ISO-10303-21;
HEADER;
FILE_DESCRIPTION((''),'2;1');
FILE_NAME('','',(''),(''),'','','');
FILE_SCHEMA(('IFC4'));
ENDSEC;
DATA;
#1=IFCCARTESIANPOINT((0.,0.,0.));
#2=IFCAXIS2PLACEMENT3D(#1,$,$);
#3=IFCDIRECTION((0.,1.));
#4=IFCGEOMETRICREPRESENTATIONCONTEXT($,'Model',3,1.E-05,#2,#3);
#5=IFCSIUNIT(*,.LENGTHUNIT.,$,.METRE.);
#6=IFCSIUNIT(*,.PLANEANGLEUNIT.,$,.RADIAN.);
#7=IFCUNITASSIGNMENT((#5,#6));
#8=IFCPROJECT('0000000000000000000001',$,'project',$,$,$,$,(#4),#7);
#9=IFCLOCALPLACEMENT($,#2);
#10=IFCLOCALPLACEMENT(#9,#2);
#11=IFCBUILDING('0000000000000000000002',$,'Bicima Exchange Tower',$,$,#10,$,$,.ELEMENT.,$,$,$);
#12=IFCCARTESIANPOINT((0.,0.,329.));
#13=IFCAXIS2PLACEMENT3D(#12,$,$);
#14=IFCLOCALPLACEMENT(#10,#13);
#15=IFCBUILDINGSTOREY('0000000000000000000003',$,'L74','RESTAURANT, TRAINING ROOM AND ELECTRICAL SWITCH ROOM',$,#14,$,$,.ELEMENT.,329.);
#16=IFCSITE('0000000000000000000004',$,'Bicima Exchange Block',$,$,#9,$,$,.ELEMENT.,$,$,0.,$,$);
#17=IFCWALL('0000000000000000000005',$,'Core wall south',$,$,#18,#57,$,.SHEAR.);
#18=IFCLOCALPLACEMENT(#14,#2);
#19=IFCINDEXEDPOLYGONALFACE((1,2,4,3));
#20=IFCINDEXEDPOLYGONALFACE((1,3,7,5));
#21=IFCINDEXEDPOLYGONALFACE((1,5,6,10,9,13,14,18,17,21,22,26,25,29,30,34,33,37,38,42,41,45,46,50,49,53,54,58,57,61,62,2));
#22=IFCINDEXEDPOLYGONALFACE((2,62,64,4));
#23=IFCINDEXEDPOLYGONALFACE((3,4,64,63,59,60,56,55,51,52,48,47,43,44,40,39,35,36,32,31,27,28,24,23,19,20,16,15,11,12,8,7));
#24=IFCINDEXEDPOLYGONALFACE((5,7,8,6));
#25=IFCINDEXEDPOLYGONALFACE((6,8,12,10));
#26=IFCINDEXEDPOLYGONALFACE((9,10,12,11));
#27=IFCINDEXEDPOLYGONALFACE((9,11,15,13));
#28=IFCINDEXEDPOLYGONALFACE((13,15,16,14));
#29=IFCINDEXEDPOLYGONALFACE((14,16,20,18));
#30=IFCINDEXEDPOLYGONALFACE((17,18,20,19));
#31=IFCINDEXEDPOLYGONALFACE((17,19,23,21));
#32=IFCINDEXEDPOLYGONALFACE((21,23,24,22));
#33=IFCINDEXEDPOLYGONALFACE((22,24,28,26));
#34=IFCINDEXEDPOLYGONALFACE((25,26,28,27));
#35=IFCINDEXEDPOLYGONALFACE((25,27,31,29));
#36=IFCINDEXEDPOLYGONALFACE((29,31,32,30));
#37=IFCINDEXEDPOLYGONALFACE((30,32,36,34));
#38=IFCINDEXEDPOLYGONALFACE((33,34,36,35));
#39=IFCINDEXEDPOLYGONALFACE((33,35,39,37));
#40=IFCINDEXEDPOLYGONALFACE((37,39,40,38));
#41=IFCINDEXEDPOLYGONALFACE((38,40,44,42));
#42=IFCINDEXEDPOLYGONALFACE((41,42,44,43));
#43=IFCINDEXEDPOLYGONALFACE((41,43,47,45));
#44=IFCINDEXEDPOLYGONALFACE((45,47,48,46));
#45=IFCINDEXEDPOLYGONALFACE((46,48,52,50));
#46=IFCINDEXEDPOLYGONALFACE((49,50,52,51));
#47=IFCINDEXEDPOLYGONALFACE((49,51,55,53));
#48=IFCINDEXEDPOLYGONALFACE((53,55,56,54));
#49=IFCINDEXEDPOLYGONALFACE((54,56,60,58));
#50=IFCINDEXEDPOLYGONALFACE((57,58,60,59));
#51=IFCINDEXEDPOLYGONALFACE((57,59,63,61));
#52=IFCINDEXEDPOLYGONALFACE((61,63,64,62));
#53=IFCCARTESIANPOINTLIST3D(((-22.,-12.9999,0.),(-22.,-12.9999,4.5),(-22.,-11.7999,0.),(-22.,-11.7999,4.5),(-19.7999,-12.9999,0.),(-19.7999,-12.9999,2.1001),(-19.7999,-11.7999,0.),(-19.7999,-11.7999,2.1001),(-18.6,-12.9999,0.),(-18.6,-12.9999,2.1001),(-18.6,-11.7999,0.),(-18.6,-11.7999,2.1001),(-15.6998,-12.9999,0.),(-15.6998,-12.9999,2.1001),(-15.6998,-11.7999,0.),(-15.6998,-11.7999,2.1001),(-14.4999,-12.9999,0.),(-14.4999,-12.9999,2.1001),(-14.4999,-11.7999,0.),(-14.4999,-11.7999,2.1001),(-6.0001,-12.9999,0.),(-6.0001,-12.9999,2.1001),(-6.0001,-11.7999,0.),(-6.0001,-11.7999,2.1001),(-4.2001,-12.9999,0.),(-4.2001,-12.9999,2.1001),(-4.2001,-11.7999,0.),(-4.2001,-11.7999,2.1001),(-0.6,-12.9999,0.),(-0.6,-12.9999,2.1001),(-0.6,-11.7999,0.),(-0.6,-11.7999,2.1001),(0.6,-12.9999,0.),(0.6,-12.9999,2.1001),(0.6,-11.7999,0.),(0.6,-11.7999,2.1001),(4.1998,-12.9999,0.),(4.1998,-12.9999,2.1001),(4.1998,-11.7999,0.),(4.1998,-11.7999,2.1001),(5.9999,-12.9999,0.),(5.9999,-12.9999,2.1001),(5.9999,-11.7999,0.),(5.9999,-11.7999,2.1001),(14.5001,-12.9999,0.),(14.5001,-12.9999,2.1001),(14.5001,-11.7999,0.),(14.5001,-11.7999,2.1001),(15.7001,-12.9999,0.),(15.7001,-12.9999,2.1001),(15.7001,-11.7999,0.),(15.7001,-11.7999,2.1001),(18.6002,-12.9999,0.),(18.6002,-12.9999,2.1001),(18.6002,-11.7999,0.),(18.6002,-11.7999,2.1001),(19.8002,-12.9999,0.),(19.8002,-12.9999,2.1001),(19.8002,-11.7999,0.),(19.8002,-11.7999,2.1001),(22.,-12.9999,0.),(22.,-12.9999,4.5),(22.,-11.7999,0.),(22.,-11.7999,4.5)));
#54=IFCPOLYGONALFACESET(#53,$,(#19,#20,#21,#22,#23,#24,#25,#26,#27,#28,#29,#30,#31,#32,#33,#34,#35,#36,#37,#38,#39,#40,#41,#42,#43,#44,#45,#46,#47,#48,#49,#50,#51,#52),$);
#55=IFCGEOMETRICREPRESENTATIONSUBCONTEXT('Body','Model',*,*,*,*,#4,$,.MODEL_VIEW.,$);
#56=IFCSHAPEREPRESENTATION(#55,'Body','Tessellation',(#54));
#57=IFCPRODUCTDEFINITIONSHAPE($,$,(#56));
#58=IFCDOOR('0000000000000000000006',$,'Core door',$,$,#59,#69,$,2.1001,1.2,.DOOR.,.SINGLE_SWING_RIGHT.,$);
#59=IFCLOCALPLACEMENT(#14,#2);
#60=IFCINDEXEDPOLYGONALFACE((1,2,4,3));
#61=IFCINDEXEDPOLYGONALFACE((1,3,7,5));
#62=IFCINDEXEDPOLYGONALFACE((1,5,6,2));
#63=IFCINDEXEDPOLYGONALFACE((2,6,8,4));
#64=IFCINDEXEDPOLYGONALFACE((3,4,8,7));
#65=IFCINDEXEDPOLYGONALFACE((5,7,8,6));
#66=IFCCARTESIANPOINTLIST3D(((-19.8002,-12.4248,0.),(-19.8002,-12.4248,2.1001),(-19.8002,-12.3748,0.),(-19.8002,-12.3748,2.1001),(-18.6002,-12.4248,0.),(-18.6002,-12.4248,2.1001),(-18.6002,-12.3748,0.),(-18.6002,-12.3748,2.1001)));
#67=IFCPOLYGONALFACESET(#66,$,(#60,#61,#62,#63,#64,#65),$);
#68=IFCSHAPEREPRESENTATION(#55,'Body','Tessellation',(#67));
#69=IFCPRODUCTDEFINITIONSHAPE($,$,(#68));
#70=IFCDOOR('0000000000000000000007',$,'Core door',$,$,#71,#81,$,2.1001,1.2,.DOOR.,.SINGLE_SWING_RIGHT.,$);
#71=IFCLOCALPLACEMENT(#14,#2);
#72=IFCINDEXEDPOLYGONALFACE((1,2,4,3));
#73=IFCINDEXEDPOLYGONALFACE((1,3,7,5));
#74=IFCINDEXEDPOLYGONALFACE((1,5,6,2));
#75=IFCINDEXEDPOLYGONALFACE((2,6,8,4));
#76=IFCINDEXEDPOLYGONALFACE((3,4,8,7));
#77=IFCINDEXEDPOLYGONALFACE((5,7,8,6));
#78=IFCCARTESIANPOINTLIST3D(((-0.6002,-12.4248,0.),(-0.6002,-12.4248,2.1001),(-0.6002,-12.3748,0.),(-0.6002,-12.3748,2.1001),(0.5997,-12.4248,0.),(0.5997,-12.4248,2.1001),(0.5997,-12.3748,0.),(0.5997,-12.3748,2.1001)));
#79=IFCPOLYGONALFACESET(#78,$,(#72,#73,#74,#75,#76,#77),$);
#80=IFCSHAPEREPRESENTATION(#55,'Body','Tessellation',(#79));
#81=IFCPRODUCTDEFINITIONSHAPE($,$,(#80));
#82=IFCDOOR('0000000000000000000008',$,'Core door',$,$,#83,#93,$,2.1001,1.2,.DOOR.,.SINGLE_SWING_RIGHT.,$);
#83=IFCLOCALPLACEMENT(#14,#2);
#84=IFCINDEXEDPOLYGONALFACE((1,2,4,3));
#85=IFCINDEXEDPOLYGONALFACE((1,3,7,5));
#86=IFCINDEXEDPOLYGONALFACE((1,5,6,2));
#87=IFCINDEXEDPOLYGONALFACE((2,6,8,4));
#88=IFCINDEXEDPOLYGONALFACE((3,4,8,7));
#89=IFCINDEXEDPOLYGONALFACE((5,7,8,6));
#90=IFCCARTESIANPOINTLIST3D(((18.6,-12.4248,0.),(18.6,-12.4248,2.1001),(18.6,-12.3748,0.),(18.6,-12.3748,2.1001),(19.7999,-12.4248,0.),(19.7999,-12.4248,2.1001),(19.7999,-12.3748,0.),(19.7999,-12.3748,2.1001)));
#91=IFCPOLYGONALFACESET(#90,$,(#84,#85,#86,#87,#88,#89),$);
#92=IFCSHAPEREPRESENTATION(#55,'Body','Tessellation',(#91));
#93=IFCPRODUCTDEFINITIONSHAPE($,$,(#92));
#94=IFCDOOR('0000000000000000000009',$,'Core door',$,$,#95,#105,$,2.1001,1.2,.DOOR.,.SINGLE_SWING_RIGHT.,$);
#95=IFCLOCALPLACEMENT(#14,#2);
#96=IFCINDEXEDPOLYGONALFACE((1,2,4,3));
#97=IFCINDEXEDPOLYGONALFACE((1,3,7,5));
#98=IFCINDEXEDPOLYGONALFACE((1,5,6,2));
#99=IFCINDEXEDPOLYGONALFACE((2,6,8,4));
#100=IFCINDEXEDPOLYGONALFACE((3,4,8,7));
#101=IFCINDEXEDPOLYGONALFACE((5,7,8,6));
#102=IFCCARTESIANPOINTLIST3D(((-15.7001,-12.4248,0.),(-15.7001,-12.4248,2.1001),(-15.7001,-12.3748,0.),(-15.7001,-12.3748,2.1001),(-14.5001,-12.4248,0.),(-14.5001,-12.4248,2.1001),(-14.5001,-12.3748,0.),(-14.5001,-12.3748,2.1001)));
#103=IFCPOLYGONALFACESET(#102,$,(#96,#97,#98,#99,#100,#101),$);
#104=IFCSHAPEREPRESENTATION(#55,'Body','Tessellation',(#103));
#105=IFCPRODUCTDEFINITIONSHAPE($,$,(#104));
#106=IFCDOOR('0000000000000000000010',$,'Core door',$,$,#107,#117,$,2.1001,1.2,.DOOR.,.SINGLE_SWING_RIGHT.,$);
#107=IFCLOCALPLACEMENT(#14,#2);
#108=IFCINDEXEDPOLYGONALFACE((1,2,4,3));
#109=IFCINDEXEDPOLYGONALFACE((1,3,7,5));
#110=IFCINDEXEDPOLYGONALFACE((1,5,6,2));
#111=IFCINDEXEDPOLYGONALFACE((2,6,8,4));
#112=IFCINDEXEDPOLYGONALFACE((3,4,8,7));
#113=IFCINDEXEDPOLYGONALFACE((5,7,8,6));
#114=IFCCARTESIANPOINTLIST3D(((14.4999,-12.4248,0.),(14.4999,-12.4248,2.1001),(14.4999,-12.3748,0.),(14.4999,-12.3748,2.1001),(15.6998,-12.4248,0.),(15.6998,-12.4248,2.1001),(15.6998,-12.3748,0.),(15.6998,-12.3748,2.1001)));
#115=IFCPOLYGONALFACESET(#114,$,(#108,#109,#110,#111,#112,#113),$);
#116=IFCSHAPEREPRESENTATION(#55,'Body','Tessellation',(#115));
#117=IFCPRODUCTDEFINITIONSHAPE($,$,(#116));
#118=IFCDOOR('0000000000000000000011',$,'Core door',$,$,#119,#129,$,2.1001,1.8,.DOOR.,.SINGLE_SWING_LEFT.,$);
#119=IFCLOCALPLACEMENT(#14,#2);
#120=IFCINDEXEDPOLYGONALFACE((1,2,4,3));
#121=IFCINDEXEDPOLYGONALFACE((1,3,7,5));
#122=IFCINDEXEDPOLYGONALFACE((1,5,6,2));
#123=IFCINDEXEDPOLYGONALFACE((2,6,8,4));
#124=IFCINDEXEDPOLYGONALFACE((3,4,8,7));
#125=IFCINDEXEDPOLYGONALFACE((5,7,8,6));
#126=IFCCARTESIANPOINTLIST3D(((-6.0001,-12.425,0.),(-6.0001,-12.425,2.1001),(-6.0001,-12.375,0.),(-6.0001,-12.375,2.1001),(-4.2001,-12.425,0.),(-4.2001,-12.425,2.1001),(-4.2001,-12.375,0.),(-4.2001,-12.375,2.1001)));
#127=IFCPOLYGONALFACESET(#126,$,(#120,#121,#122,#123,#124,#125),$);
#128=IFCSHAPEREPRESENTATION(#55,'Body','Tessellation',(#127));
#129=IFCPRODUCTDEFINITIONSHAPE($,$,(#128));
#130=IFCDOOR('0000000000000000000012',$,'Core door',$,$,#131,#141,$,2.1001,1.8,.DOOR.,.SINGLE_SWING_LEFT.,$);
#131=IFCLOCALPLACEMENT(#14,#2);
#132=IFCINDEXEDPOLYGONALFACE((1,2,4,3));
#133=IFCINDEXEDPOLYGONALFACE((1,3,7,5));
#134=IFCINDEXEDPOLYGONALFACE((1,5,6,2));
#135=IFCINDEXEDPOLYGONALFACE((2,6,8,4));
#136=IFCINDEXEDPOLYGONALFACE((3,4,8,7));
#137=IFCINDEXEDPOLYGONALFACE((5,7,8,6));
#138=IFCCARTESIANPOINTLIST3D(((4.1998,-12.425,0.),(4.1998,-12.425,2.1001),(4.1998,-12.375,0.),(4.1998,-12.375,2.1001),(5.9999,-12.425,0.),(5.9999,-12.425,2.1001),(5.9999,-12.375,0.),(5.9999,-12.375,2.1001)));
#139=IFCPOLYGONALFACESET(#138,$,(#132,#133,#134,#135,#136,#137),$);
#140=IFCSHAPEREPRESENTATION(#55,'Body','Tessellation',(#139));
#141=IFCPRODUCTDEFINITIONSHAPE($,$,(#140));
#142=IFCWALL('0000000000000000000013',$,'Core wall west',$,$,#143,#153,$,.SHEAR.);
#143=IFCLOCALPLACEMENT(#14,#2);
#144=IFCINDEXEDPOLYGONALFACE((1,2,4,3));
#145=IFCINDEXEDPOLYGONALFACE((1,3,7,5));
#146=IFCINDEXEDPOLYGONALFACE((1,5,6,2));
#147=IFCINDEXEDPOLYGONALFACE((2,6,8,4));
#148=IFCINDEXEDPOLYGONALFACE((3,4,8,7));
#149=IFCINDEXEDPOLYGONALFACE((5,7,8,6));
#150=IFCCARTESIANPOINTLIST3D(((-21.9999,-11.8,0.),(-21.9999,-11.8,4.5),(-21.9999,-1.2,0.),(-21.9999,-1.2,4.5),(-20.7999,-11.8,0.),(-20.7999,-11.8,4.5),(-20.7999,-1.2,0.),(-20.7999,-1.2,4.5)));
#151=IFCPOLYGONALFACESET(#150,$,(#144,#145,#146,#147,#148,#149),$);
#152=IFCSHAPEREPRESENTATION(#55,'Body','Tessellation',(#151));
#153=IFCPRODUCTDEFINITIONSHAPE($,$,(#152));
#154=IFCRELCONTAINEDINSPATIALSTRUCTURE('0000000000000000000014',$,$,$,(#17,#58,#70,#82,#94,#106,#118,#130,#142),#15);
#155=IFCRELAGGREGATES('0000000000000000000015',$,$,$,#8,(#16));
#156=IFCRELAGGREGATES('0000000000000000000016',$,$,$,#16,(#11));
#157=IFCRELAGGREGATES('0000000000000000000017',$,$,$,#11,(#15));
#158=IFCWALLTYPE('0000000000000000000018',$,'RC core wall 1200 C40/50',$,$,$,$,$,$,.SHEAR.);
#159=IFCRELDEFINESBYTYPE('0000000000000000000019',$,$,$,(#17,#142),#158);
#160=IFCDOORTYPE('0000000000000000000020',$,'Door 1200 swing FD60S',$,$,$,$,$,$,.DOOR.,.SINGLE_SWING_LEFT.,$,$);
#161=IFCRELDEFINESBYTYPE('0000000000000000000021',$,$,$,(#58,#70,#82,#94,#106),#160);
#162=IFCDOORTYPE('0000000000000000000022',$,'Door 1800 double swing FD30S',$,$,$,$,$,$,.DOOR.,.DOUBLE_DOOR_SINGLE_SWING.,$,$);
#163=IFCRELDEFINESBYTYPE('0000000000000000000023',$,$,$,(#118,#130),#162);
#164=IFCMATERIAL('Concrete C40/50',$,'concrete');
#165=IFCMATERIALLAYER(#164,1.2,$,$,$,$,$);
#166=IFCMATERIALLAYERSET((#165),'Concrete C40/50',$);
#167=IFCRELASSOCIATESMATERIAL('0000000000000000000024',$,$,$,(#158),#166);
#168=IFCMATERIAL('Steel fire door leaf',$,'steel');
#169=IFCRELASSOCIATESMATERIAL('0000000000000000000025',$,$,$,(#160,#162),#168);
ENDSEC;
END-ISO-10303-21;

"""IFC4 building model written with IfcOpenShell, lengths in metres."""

from ifc_helpers import new_model, si_unit, direction, frame, frame_2d, origin, place, context, subcontext, project, spatial, rectangle, extrude, material, layer, layer_set, type_object, element, fill, save


model = new_model("IFC4")

# Units and contexts
model_context = context("Model", 3, precision=1e-05, world=origin(), true_north=direction((0.0, 1.0)))
body_context = subcontext(model_context, "Body", "Model", "MODEL_VIEW")
ifc_project = project(units=[si_unit("LENGTHUNIT", "METRE"), si_unit("PLANEANGLEUNIT", "RADIAN")], contexts=[model_context])

# Site, building, storey
site_placement = place(None, origin())
site = spatial("IfcSite", under=ifc_project, at=site_placement, Name="Bicima Exchange Block", CompositionType="ELEMENT", RefElevation=0.0)
building_placement = place(site_placement, origin())
building = spatial("IfcBuilding", under=site, at=building_placement, Name="Bicima Exchange Tower", CompositionType="ELEMENT")
storey_placement = place(building_placement, frame((0.0, 0.0, 329.0)))
storey = spatial("IfcBuildingStorey", under=building, at=storey_placement, Name="L74", Description="RESTAURANT, TRAINING ROOM AND ELECTRICAL SWITCH ROOM", CompositionType="ELEMENT", Elevation=329.0)

# Wall, openings, doors
ifc_material_1 = material(Name="Concrete C40/50", Category="concrete")
ifc_layer_1 = layer(ifc_material_1, 1.2)
ifc_layer_set_1 = layer_set([ifc_layer_1], Name="Concrete C40/50")
wall_type_1 = type_object("IfcWallType", Name="RC core wall 1200 C40/50", PredefinedType="SHEAR", material=ifc_layer_set_1)
wall_1_placement = place(storey_placement, frame((-22.0, -12.3999, 0.0), z_axis=(0.0, 0.0, 1.0), x_axis=(1.0, 0.0, 0.0)))
wall_1 = element("IfcWall", 1, at=wall_1_placement, inside=storey, type_object=wall_type_1, Name="Core wall south", PredefinedType="SHEAR", context=body_context, shape_type="SweptSolid", body=[
    extrude(rectangle(XDim=44.0, YDim=1.2, at=frame_2d((22.0, 0.0))), origin(), (0.0, 0.0, 1.0), 4.5),
])
opening_1_placement = place(wall_1_placement, frame((2.2, 0.0, 0.0)))
opening_1 = element("IfcOpeningElement", 2, at=opening_1_placement, cuts=wall_1, PredefinedType="OPENING", context=body_context, shape_type="SweptSolid", body=[
    extrude(rectangle(XDim=1.2, YDim=2.1001, at=frame_2d((0.6001, 1.05))), frame((0.0, 0.6118, 0.0), z_axis=(0.0, -1.0, 0.0), x_axis=(1.0, 0.0, 0.0)), (0.0, 0.0, 1.0), 1.2239),
])
opening_2_placement = place(wall_1_placement, frame((21.3999, 0.0, 0.0)))
opening_2 = element("IfcOpeningElement", 3, at=opening_2_placement, cuts=wall_1, PredefinedType="OPENING", context=body_context, shape_type="SweptSolid", body=[
    extrude(rectangle(XDim=1.2, YDim=2.1001, at=frame_2d((0.6001, 1.05))), frame((0.0, 0.6118, 0.0), z_axis=(0.0, -1.0, 0.0), x_axis=(1.0, 0.0, 0.0)), (0.0, 0.0, 1.0), 1.2239),
])
opening_3_placement = place(wall_1_placement, frame((40.6001, 0.0, 0.0)))
opening_3 = element("IfcOpeningElement", 4, at=opening_3_placement, cuts=wall_1, PredefinedType="OPENING", context=body_context, shape_type="SweptSolid", body=[
    extrude(rectangle(XDim=1.2, YDim=2.1001, at=frame_2d((0.6001, 1.05))), frame((0.0, 0.6118, 0.0), z_axis=(0.0, -1.0, 0.0), x_axis=(1.0, 0.0, 0.0)), (0.0, 0.0, 1.0), 1.2239),
])
opening_4_placement = place(wall_1_placement, frame((16.0, 0.0, 0.0)))
opening_4 = element("IfcOpeningElement", 5, at=opening_4_placement, cuts=wall_1, PredefinedType="OPENING", context=body_context, shape_type="SweptSolid", body=[
    extrude(rectangle(XDim=1.8, YDim=2.1001, at=frame_2d((0.8999, 1.05))), frame((0.0, 0.6118, 0.0), z_axis=(0.0, -1.0, 0.0), x_axis=(1.0, 0.0, 0.0)), (0.0, 0.0, 1.0), 1.2239),
])
opening_5_placement = place(wall_1_placement, frame((6.3, 0.0, 0.0)))
opening_5 = element("IfcOpeningElement", 6, at=opening_5_placement, cuts=wall_1, PredefinedType="OPENING", context=body_context, shape_type="SweptSolid", body=[
    extrude(rectangle(XDim=1.2, YDim=2.1001, at=frame_2d((0.6001, 1.05))), frame((0.0, 0.6118, 0.0), z_axis=(0.0, -1.0, 0.0), x_axis=(1.0, 0.0, 0.0)), (0.0, 0.0, 1.0), 1.2239),
])
opening_6_placement = place(wall_1_placement, frame((26.2, 0.0, 0.0)))
opening_6 = element("IfcOpeningElement", 7, at=opening_6_placement, cuts=wall_1, PredefinedType="OPENING", context=body_context, shape_type="SweptSolid", body=[
    extrude(rectangle(XDim=1.8, YDim=2.1001, at=frame_2d((0.8999, 1.05))), frame((0.0, 0.6118, 0.0), z_axis=(0.0, -1.0, 0.0), x_axis=(1.0, 0.0, 0.0)), (0.0, 0.0, 1.0), 1.2239),
])
opening_7_placement = place(wall_1_placement, frame((36.5, 0.0, 0.0)))
opening_7 = element("IfcOpeningElement", 8, at=opening_7_placement, cuts=wall_1, PredefinedType="OPENING", context=body_context, shape_type="SweptSolid", body=[
    extrude(rectangle(XDim=1.2, YDim=2.1001, at=frame_2d((0.6001, 1.05))), frame((0.0, 0.6118, 0.0), z_axis=(0.0, -1.0, 0.0), x_axis=(1.0, 0.0, 0.0)), (0.0, 0.0, 1.0), 1.2239),
])
ifc_material_2 = material(Name="Steel fire door leaf", Category="steel")
door_type_1 = type_object("IfcDoorType", Name="Door 1200 swing FD60S", OperationType="SINGLE_SWING_LEFT", PredefinedType="DOOR", material=ifc_material_2)
door_1_placement = place(opening_1_placement, frame((1.2, 0.0, 0.0), z_axis=(0.0, 0.0, 1.0), x_axis=(-1.0, 0.0, 0.0)))
door_1 = element("IfcDoor", 9, at=door_1_placement, inside=storey, type_object=door_type_1, Name="Core door", OperationType="SINGLE_SWING_RIGHT", OverallHeight=2.1001, OverallWidth=1.2, PredefinedType="DOOR", context=body_context, shape_type="SweptSolid", body=[
    extrude(rectangle(XDim=1.2, YDim=2.1001, at=frame_2d((0.6001, 1.05))), frame((0.0, 0.0249, 0.0), z_axis=(0.0, -1.0, 0.0), x_axis=(1.0, 0.0, 0.0)), (0.0, 0.0, 1.0), 0.05),
])
fill(opening_1, door_1)
door_2_placement = place(opening_2_placement, frame((1.2, 0.0, 0.0), z_axis=(0.0, 0.0, 1.0), x_axis=(-1.0, 0.0, 0.0)))
door_2 = element("IfcDoor", 10, at=door_2_placement, inside=storey, type_object=door_type_1, Name="Core door", OperationType="SINGLE_SWING_RIGHT", OverallHeight=2.1001, OverallWidth=1.2, PredefinedType="DOOR", context=body_context, shape_type="SweptSolid", body=[
    extrude(rectangle(XDim=1.2, YDim=2.1001, at=frame_2d((0.6001, 1.05))), frame((0.0, 0.0249, 0.0), z_axis=(0.0, -1.0, 0.0), x_axis=(1.0, 0.0, 0.0)), (0.0, 0.0, 1.0), 0.05),
])
fill(opening_2, door_2)
door_3_placement = place(opening_3_placement, frame((1.2, 0.0, 0.0), z_axis=(0.0, 0.0, 1.0), x_axis=(-1.0, 0.0, 0.0)))
door_3 = element("IfcDoor", 11, at=door_3_placement, inside=storey, type_object=door_type_1, Name="Core door", OperationType="SINGLE_SWING_RIGHT", OverallHeight=2.1001, OverallWidth=1.2, PredefinedType="DOOR", context=body_context, shape_type="SweptSolid", body=[
    extrude(rectangle(XDim=1.2, YDim=2.1001, at=frame_2d((0.6001, 1.05))), frame((0.0, 0.0249, 0.0), z_axis=(0.0, -1.0, 0.0), x_axis=(1.0, 0.0, 0.0)), (0.0, 0.0, 1.0), 0.05),
])
fill(opening_3, door_3)
door_4_placement = place(opening_5_placement, frame((1.2, 0.0, 0.0), z_axis=(0.0, 0.0, 1.0), x_axis=(-1.0, 0.0, 0.0)))
door_4 = element("IfcDoor", 12, at=door_4_placement, inside=storey, type_object=door_type_1, Name="Core door", OperationType="SINGLE_SWING_RIGHT", OverallHeight=2.1001, OverallWidth=1.2, PredefinedType="DOOR", context=body_context, shape_type="SweptSolid", body=[
    extrude(rectangle(XDim=1.2, YDim=2.1001, at=frame_2d((0.6001, 1.05))), frame((0.0, 0.0249, 0.0), z_axis=(0.0, -1.0, 0.0), x_axis=(1.0, 0.0, 0.0)), (0.0, 0.0, 1.0), 0.05),
])
fill(opening_5, door_4)
door_5_placement = place(opening_7_placement, frame((1.2, 0.0, 0.0), z_axis=(0.0, 0.0, 1.0), x_axis=(-1.0, 0.0, 0.0)))
door_5 = element("IfcDoor", 13, at=door_5_placement, inside=storey, type_object=door_type_1, Name="Core door", OperationType="SINGLE_SWING_RIGHT", OverallHeight=2.1001, OverallWidth=1.2, PredefinedType="DOOR", context=body_context, shape_type="SweptSolid", body=[
    extrude(rectangle(XDim=1.2, YDim=2.1001, at=frame_2d((0.6001, 1.05))), frame((0.0, 0.0249, 0.0), z_axis=(0.0, -1.0, 0.0), x_axis=(1.0, 0.0, 0.0)), (0.0, 0.0, 1.0), 0.05),
])
fill(opening_7, door_5)
door_type_2 = type_object("IfcDoorType", Name="Door 1800 double swing FD30S", OperationType="DOUBLE_DOOR_SINGLE_SWING", PredefinedType="DOOR", material=ifc_material_2)
door_6_placement = place(opening_4_placement, origin())
door_6 = element("IfcDoor", 14, at=door_6_placement, inside=storey, type_object=door_type_2, Name="Core door", OperationType="SINGLE_SWING_LEFT", OverallHeight=2.1001, OverallWidth=1.8, PredefinedType="DOOR", context=body_context, shape_type="SweptSolid", body=[
    extrude(rectangle(XDim=1.8, YDim=2.1001, at=frame_2d((0.8999, 1.05))), frame((0.0, 0.0249, 0.0), z_axis=(0.0, -1.0, 0.0), x_axis=(1.0, 0.0, 0.0)), (0.0, 0.0, 1.0), 0.05),
])
fill(opening_4, door_6)
door_7_placement = place(opening_6_placement, origin())
door_7 = element("IfcDoor", 15, at=door_7_placement, inside=storey, type_object=door_type_2, Name="Core door", OperationType="SINGLE_SWING_LEFT", OverallHeight=2.1001, OverallWidth=1.8, PredefinedType="DOOR", context=body_context, shape_type="SweptSolid", body=[
    extrude(rectangle(XDim=1.8, YDim=2.1001, at=frame_2d((0.8999, 1.05))), frame((0.0, 0.0249, 0.0), z_axis=(0.0, -1.0, 0.0), x_axis=(1.0, 0.0, 0.0)), (0.0, 0.0, 1.0), 0.05),
])
fill(opening_6, door_7)

# Wall
wall_2_placement = place(storey_placement, frame((-21.3999, -11.8, 0.0), z_axis=(0.0, 0.0, 1.0), x_axis=(0.0, 1.0, 0.0)))
element("IfcWall", 16, at=wall_2_placement, inside=storey, type_object=wall_type_1, Name="Core wall west", PredefinedType="SHEAR", context=body_context, shape_type="SweptSolid", body=[
    extrude(rectangle(XDim=10.6001, YDim=1.2, at=frame_2d((5.3, 0.0))), origin(), (0.0, 0.0, 1.0), 4.5),
])

save(model, "model.ifc")
